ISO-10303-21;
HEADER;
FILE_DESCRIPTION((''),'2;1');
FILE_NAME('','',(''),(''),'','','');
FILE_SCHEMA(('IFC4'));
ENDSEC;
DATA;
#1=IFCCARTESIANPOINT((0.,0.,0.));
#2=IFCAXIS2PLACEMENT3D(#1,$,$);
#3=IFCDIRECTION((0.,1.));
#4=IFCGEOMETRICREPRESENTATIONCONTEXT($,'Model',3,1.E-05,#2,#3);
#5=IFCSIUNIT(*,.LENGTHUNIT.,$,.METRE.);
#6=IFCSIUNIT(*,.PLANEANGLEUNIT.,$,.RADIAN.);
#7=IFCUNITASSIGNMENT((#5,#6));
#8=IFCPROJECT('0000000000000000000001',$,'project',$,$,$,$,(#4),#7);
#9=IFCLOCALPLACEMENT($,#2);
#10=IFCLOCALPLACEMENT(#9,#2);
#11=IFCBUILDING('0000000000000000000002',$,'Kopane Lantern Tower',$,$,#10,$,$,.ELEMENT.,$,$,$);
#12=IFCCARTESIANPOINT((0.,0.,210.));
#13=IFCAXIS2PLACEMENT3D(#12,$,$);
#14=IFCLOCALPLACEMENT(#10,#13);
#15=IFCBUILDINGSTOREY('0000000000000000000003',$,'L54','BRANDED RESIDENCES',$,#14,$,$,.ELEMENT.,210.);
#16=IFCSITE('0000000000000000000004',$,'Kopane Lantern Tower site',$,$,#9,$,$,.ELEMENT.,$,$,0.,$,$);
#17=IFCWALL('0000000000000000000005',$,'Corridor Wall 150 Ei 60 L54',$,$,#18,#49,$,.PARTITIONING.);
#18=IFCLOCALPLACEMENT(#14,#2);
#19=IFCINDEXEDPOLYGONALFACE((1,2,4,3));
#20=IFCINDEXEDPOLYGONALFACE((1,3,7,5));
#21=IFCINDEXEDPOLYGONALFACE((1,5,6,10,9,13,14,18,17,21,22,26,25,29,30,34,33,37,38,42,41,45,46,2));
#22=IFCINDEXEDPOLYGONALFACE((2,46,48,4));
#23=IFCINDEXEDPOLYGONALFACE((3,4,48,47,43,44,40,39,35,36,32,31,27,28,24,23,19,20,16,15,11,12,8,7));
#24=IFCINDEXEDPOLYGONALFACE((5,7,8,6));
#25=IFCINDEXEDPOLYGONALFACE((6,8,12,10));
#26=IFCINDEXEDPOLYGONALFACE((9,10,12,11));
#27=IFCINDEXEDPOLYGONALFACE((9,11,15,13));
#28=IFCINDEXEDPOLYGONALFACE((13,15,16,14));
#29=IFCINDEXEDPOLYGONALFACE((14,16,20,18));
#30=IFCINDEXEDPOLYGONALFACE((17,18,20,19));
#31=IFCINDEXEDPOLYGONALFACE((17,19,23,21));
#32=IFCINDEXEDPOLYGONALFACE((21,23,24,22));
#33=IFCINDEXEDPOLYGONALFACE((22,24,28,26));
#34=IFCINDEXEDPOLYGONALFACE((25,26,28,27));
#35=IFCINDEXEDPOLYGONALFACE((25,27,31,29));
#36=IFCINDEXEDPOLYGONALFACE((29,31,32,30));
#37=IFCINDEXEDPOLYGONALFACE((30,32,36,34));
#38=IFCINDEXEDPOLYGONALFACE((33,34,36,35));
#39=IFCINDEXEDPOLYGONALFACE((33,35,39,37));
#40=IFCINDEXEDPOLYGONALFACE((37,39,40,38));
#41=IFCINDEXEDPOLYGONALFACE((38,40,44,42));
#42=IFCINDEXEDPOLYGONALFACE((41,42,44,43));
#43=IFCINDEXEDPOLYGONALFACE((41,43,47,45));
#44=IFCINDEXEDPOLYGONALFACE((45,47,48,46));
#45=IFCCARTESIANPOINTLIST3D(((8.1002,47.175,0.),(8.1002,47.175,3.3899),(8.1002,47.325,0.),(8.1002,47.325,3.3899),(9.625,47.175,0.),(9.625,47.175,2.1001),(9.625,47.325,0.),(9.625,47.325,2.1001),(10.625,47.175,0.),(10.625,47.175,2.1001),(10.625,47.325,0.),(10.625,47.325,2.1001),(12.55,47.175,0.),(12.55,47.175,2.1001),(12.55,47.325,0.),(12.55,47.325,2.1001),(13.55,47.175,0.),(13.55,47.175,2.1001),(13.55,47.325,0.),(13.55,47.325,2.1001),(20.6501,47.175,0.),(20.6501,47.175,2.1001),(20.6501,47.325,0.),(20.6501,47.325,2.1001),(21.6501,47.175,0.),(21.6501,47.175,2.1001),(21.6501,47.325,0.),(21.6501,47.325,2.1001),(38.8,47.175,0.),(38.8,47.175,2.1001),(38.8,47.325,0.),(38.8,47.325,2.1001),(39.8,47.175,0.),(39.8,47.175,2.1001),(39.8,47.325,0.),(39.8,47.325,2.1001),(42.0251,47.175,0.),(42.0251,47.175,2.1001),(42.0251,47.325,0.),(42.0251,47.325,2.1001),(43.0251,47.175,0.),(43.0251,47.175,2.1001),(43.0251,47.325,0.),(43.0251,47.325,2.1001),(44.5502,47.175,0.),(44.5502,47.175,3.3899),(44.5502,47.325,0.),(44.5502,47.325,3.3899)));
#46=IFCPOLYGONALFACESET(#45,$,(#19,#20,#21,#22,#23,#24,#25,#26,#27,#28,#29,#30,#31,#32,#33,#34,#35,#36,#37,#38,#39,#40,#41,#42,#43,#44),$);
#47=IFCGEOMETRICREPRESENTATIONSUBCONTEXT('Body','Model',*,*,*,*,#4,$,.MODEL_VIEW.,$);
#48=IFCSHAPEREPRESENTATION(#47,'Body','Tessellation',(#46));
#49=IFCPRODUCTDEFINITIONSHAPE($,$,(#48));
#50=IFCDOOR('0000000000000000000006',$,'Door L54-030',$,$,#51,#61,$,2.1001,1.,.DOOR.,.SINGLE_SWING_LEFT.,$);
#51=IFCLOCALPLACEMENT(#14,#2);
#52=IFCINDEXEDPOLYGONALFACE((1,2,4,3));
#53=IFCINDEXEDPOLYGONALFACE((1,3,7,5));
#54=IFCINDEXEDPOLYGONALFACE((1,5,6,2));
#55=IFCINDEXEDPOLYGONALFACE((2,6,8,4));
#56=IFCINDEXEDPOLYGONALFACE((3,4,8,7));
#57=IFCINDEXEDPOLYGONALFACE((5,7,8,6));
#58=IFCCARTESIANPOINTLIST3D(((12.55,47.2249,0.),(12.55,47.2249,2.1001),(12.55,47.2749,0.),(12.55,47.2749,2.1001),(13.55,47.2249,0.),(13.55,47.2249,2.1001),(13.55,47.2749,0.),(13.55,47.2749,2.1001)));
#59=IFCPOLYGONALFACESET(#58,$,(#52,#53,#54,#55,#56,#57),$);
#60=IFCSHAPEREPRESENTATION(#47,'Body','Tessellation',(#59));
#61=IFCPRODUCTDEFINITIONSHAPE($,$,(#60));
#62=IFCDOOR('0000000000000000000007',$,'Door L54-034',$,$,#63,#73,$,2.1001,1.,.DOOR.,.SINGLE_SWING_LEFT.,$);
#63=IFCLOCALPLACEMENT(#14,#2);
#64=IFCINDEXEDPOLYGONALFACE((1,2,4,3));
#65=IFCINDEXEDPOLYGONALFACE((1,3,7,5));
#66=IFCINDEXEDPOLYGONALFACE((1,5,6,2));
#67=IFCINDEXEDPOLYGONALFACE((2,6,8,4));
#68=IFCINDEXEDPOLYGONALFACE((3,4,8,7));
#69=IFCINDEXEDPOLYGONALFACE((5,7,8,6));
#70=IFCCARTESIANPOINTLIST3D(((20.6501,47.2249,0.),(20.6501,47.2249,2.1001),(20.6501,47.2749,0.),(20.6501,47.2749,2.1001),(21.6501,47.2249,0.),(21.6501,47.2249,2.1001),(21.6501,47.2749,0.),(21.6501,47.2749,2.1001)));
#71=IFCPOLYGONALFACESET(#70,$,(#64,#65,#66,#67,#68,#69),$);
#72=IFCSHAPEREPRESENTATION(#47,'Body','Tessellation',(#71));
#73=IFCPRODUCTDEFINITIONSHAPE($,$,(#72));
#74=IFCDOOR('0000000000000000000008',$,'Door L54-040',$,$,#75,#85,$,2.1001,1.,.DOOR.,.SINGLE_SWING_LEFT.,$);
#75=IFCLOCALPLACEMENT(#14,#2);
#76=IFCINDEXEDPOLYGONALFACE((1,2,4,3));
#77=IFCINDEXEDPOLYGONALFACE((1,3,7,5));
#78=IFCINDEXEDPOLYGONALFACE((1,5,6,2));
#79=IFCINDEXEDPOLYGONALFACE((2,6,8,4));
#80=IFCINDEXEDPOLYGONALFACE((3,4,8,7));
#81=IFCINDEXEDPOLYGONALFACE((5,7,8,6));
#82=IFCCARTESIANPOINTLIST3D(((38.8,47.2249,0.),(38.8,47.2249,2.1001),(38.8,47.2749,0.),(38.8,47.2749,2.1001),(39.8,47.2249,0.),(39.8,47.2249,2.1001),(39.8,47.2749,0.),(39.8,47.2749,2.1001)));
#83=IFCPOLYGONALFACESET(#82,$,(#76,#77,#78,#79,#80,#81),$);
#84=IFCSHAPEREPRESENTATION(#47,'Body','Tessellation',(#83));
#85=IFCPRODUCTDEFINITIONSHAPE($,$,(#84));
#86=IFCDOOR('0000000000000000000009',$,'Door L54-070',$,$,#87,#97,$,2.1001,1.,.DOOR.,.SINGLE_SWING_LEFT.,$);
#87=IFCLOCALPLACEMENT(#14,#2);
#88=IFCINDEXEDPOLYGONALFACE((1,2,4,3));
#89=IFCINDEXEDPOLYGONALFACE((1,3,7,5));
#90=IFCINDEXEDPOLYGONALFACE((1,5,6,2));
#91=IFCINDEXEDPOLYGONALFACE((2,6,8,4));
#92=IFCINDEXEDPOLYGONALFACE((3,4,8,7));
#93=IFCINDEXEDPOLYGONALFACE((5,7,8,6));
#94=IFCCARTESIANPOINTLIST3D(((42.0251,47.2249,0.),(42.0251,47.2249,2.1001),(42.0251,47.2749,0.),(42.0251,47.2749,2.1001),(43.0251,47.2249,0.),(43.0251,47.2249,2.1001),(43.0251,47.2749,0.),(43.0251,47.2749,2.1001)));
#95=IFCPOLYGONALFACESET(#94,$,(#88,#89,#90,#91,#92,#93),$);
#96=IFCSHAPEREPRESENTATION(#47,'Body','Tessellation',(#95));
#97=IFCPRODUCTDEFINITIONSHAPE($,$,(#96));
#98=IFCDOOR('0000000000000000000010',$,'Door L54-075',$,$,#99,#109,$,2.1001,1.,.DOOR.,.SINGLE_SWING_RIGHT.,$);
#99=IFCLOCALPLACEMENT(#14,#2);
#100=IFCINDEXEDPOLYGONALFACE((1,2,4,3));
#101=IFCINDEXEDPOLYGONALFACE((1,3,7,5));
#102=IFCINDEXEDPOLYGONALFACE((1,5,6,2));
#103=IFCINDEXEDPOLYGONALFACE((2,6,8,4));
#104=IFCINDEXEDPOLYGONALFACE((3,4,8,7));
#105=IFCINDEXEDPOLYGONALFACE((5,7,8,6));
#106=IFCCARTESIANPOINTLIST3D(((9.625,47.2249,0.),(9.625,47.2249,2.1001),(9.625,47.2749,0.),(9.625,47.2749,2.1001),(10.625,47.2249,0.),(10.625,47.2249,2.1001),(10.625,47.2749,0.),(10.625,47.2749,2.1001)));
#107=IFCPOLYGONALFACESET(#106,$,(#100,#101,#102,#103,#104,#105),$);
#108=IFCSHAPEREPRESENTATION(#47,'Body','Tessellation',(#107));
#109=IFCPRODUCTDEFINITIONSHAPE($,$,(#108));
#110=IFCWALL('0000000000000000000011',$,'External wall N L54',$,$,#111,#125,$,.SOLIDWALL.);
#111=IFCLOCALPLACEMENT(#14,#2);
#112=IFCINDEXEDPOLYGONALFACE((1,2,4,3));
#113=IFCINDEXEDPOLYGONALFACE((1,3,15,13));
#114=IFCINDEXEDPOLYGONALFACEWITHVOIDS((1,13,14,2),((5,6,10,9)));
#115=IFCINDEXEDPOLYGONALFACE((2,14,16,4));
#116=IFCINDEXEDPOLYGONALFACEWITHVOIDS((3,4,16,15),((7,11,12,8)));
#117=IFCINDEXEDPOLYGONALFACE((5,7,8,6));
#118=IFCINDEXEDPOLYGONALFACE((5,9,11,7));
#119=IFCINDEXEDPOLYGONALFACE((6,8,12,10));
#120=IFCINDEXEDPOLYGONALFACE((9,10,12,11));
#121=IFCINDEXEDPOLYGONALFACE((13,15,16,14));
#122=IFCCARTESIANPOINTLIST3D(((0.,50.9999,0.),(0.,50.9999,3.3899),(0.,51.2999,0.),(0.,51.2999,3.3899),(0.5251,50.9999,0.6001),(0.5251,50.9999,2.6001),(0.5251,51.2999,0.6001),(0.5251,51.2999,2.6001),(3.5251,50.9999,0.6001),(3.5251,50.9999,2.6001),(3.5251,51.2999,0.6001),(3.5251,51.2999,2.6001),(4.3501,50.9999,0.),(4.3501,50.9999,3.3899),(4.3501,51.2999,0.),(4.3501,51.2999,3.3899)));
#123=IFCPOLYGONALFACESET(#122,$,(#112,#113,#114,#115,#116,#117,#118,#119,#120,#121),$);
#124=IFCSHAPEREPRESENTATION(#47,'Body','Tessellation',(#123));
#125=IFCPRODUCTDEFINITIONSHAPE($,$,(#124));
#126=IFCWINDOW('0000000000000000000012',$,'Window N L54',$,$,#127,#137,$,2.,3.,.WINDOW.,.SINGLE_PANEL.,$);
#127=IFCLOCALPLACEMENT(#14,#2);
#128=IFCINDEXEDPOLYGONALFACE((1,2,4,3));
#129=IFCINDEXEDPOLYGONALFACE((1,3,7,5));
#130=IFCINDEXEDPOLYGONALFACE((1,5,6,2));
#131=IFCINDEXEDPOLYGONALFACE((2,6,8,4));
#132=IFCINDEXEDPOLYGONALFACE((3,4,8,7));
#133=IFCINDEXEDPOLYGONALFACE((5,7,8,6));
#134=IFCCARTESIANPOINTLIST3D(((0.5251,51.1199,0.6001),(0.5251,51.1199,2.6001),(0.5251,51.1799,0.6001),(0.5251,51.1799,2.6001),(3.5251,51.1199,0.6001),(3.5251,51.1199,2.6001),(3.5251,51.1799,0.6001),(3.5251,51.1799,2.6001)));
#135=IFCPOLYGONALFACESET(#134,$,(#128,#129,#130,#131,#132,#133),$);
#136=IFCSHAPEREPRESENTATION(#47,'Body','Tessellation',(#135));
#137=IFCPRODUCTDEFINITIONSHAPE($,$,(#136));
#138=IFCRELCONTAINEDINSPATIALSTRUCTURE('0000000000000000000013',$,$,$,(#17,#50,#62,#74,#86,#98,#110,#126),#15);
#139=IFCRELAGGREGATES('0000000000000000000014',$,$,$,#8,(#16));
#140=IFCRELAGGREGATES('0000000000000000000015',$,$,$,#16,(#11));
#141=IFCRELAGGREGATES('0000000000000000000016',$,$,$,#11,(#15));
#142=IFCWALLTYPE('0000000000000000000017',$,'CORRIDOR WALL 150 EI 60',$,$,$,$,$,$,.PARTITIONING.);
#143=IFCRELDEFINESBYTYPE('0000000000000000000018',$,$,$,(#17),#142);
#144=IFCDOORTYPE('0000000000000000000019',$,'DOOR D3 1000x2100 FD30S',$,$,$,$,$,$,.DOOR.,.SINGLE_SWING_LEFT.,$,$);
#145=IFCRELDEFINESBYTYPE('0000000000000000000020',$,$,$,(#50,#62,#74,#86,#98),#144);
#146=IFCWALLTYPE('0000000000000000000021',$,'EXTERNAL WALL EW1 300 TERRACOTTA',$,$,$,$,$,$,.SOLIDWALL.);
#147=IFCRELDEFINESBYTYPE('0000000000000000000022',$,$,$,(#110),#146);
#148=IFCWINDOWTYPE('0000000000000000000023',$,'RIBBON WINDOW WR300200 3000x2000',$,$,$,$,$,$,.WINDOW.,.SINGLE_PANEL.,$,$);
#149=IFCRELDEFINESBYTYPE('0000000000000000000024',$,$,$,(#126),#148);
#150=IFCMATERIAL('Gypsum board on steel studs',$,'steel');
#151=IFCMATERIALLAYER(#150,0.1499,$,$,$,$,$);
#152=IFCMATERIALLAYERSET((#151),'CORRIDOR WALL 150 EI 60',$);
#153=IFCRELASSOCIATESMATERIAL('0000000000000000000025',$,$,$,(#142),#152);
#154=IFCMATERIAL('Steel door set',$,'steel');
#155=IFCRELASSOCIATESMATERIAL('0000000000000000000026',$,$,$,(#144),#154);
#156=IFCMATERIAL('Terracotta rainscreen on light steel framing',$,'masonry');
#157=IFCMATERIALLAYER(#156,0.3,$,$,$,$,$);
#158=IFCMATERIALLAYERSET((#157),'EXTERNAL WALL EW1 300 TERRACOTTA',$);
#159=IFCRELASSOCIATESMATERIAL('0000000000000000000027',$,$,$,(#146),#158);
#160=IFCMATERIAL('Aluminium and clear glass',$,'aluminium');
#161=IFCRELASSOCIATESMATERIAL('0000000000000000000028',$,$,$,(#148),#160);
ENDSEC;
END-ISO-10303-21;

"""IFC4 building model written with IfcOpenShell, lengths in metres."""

from ifc_helpers import new_model, si_unit, direction, frame, frame_2d, origin, place, context, subcontext, project, spatial, rectangle, extrude, material, layer, layer_set, type_object, element, fill, save


model = new_model("IFC4")

# Units and contexts
model_context = context("Model", 3, precision=1e-05, world=origin(), true_north=direction((0.0, 1.0)))
body_context = subcontext(model_context, "Body", "Model", "MODEL_VIEW")
ifc_project = project(units=[si_unit("LENGTHUNIT", "METRE"), si_unit("PLANEANGLEUNIT", "RADIAN")], contexts=[model_context])

# Site, building, storey
site_placement = place(None, origin())
site = spatial("IfcSite", under=ifc_project, at=site_placement, Name="Kopane Lantern Tower site", CompositionType="ELEMENT", RefElevation=0.0)
building_placement = place(site_placement, origin())
building = spatial("IfcBuilding", under=site, at=building_placement, Name="Kopane Lantern Tower", CompositionType="ELEMENT")
storey_placement = place(building_placement, frame((0.0, 0.0, 210.0)))
storey = spatial("IfcBuildingStorey", under=building, at=storey_placement, Name="L54", Description="BRANDED RESIDENCES", CompositionType="ELEMENT", Elevation=210.0)

# Wall, openings, doors
ifc_material_1 = material(Name="Gypsum board on steel studs", Category="steel")
ifc_layer_1 = layer(ifc_material_1, 0.1499)
ifc_layer_set_1 = layer_set([ifc_layer_1], Name="CORRIDOR WALL 150 EI 60")
wall_type_1 = type_object("IfcWallType", Name="CORRIDOR WALL 150 EI 60", PredefinedType="PARTITIONING", material=ifc_layer_set_1)
wall_1_placement = place(storey_placement, frame((8.1001, 47.25, 0.0), z_axis=(0.0, 0.0, 1.0), x_axis=(1.0, 0.0, 0.0)))
wall_1 = element("IfcWall", 1, at=wall_1_placement, inside=storey, type_object=wall_type_1, Name="Corridor Wall 150 Ei 60 L54", PredefinedType="PARTITIONING", context=body_context, shape_type="SweptSolid", body=[
    extrude(rectangle(XDim=36.45, YDim=0.1499, at=frame_2d((18.2251, 0.0))), origin(), (0.0, 0.0, 1.0), 3.3899),
])
opening_1_placement = place(wall_1_placement, frame((4.45, 0.0, 0.0)))
opening_1 = element("IfcOpeningElement", 2, at=opening_1_placement, cuts=wall_1, PredefinedType="OPENING", context=body_context, shape_type="SweptSolid", body=[
    extrude(rectangle(XDim=1.0, YDim=2.1001, at=frame_2d((0.5, 1.05))), frame((0.0, 0.085, 0.0), z_axis=(0.0, -1.0, 0.0), x_axis=(1.0, 0.0, 0.0)), (0.0, 0.0, 1.0), 0.1699),
])
opening_2_placement = place(wall_1_placement, frame((12.55, 0.0, 0.0)))
opening_2 = element("IfcOpeningElement", 3, at=opening_2_placement, cuts=wall_1, PredefinedType="OPENING", context=body_context, shape_type="SweptSolid", body=[
    extrude(rectangle(XDim=1.0, YDim=2.1001, at=frame_2d((0.5, 1.05))), frame((0.0, 0.085, 0.0), z_axis=(0.0, -1.0, 0.0), x_axis=(1.0, 0.0, 0.0)), (0.0, 0.0, 1.0), 0.1699),
])
opening_3_placement = place(wall_1_placement, frame((30.7, 0.0, 0.0)))
opening_3 = element("IfcOpeningElement", 4, at=opening_3_placement, cuts=wall_1, PredefinedType="OPENING", context=body_context, shape_type="SweptSolid", body=[
    extrude(rectangle(XDim=1.0, YDim=2.1001, at=frame_2d((0.5, 1.05))), frame((0.0, 0.085, 0.0), z_axis=(0.0, -1.0, 0.0), x_axis=(1.0, 0.0, 0.0)), (0.0, 0.0, 1.0), 0.1699),
])
opening_4_placement = place(wall_1_placement, frame((33.925, 0.0, 0.0)))
opening_4 = element("IfcOpeningElement", 5, at=opening_4_placement, cuts=wall_1, PredefinedType="OPENING", context=body_context, shape_type="SweptSolid", body=[
    extrude(rectangle(XDim=1.0, YDim=2.1001, at=frame_2d((0.5, 1.05))), frame((0.0, 0.085, 0.0), z_axis=(0.0, -1.0, 0.0), x_axis=(1.0, 0.0, 0.0)), (0.0, 0.0, 1.0), 0.1699),
])
opening_5_placement = place(wall_1_placement, frame((1.5249, 0.0, 0.0)))
opening_5 = element("IfcOpeningElement", 6, at=opening_5_placement, cuts=wall_1, PredefinedType="OPENING", context=body_context, shape_type="SweptSolid", body=[
    extrude(rectangle(XDim=1.0, YDim=2.1001, at=frame_2d((0.5, 1.05))), frame((0.0, 0.085, 0.0), z_axis=(0.0, -1.0, 0.0), x_axis=(1.0, 0.0, 0.0)), (0.0, 0.0, 1.0), 0.1699),
])
ifc_material_2 = material(Name="Steel door set", Category="steel")
door_type_1 = type_object("IfcDoorType", Name="DOOR D3 1000x2100 FD30S", OperationType="SINGLE_SWING_LEFT", PredefinedType="DOOR", material=ifc_material_2)
door_1_placement = place(opening_1_placement, origin())
door_1 = element("IfcDoor", 7, at=door_1_placement, inside=storey, type_object=door_type_1, Name="Door L54-030", OperationType="SINGLE_SWING_LEFT", OverallHeight=2.1001, OverallWidth=1.0, PredefinedType="DOOR", context=body_context, shape_type="SweptSolid", body=[
    extrude(rectangle(XDim=1.0, YDim=2.1001, at=frame_2d((0.5, 1.05))), frame((0.0, 0.0249, 0.0), z_axis=(0.0, -1.0, 0.0), x_axis=(1.0, 0.0, 0.0)), (0.0, 0.0, 1.0), 0.05),
])
fill(opening_1, door_1)
door_2_placement = place(opening_2_placement, origin())
door_2 = element("IfcDoor", 8, at=door_2_placement, inside=storey, type_object=door_type_1, Name="Door L54-034", OperationType="SINGLE_SWING_LEFT", OverallHeight=2.1001, OverallWidth=1.0, PredefinedType="DOOR", context=body_context, shape_type="SweptSolid", body=[
    extrude(rectangle(XDim=1.0, YDim=2.1001, at=frame_2d((0.5, 1.05))), frame((0.0, 0.0249, 0.0), z_axis=(0.0, -1.0, 0.0), x_axis=(1.0, 0.0, 0.0)), (0.0, 0.0, 1.0), 0.05),
])
fill(opening_2, door_2)
door_3_placement = place(opening_3_placement, origin())
door_3 = element("IfcDoor", 9, at=door_3_placement, inside=storey, type_object=door_type_1, Name="Door L54-040", OperationType="SINGLE_SWING_LEFT", OverallHeight=2.1001, OverallWidth=1.0, PredefinedType="DOOR", context=body_context, shape_type="SweptSolid", body=[
    extrude(rectangle(XDim=1.0, YDim=2.1001, at=frame_2d((0.5, 1.05))), frame((0.0, 0.0249, 0.0), z_axis=(0.0, -1.0, 0.0), x_axis=(1.0, 0.0, 0.0)), (0.0, 0.0, 1.0), 0.05),
])
fill(opening_3, door_3)
door_4_placement = place(opening_4_placement, origin())
door_4 = element("IfcDoor", 10, at=door_4_placement, inside=storey, type_object=door_type_1, Name="Door L54-070", OperationType="SINGLE_SWING_LEFT", OverallHeight=2.1001, OverallWidth=1.0, PredefinedType="DOOR", context=body_context, shape_type="SweptSolid", body=[
    extrude(rectangle(XDim=1.0, YDim=2.1001, at=frame_2d((0.5, 1.05))), frame((0.0, 0.0249, 0.0), z_axis=(0.0, -1.0, 0.0), x_axis=(1.0, 0.0, 0.0)), (0.0, 0.0, 1.0), 0.05),
])
fill(opening_4, door_4)
door_5_placement = place(opening_5_placement, origin())
door_5 = element("IfcDoor", 11, at=door_5_placement, inside=storey, type_object=door_type_1, Name="Door L54-075", OperationType="SINGLE_SWING_RIGHT", OverallHeight=2.1001, OverallWidth=1.0, PredefinedType="DOOR", context=body_context, shape_type="SweptSolid", body=[
    extrude(rectangle(XDim=1.0, YDim=2.1001, at=frame_2d((0.5, 1.05))), frame((0.0, 0.0249, 0.0), z_axis=(0.0, -1.0, 0.0), x_axis=(1.0, 0.0, 0.0)), (0.0, 0.0, 1.0), 0.05),
])
fill(opening_5, door_5)

# Wall, opening, window
ifc_material_3 = material(Name="Terracotta rainscreen on light steel framing", Category="masonry")
ifc_layer_2 = layer(ifc_material_3, 0.3)
ifc_layer_set_2 = layer_set([ifc_layer_2], Name="EXTERNAL WALL EW1 300 TERRACOTTA")
wall_type_2 = type_object("IfcWallType", Name="EXTERNAL WALL EW1 300 TERRACOTTA", PredefinedType="SOLIDWALL", material=ifc_layer_set_2)
wall_2_placement = place(storey_placement, frame((4.3501, 51.1499, 0.0), z_axis=(0.0, 0.0, 1.0), x_axis=(-1.0, 0.0, 0.0)))
wall_2 = element("IfcWall", 12, at=wall_2_placement, inside=storey, type_object=wall_type_2, Name="External wall N L54", PredefinedType="SOLIDWALL", context=body_context, shape_type="SweptSolid", body=[
    extrude(rectangle(XDim=4.3501, YDim=0.3, at=frame_2d((2.175, 0.0))), origin(), (0.0, 0.0, 1.0), 3.3899),
])
opening_6_placement = place(wall_2_placement, frame((0.825, 0.0, 0.6001)))
opening_6 = element("IfcOpeningElement", 13, at=opening_6_placement, cuts=wall_2, PredefinedType="OPENING", context=body_context, shape_type="SweptSolid", body=[
    extrude(rectangle(XDim=3.0, YDim=2.0, at=frame_2d((1.5, 1.0))), frame((0.0, 0.1599, 0.0), z_axis=(0.0, -1.0, 0.0), x_axis=(1.0, 0.0, 0.0)), (0.0, 0.0, 1.0), 0.3201),
])
ifc_material_4 = material(Name="Aluminium and clear glass", Category="aluminium")
window_type = type_object("IfcWindowType", Name="RIBBON WINDOW WR300200 3000x2000", PartitioningType="SINGLE_PANEL", PredefinedType="WINDOW", material=ifc_material_4)
window_placement = place(opening_6_placement, origin())
window = element("IfcWindow", 14, at=window_placement, inside=storey, type_object=window_type, Name="Window N L54", OverallHeight=2.0, OverallWidth=3.0, PartitioningType="SINGLE_PANEL", PredefinedType="WINDOW", context=body_context, shape_type="SweptSolid", body=[
    extrude(rectangle(XDim=3.0, YDim=2.0, at=frame_2d((1.5, 1.0))), frame((0.0, 0.03, 0.0), z_axis=(0.0, -1.0, 0.0), x_axis=(1.0, 0.0, 0.0)), (0.0, 0.0, 1.0), 0.0601),
])
fill(opening_6, window)

save(model, "model.ifc")
